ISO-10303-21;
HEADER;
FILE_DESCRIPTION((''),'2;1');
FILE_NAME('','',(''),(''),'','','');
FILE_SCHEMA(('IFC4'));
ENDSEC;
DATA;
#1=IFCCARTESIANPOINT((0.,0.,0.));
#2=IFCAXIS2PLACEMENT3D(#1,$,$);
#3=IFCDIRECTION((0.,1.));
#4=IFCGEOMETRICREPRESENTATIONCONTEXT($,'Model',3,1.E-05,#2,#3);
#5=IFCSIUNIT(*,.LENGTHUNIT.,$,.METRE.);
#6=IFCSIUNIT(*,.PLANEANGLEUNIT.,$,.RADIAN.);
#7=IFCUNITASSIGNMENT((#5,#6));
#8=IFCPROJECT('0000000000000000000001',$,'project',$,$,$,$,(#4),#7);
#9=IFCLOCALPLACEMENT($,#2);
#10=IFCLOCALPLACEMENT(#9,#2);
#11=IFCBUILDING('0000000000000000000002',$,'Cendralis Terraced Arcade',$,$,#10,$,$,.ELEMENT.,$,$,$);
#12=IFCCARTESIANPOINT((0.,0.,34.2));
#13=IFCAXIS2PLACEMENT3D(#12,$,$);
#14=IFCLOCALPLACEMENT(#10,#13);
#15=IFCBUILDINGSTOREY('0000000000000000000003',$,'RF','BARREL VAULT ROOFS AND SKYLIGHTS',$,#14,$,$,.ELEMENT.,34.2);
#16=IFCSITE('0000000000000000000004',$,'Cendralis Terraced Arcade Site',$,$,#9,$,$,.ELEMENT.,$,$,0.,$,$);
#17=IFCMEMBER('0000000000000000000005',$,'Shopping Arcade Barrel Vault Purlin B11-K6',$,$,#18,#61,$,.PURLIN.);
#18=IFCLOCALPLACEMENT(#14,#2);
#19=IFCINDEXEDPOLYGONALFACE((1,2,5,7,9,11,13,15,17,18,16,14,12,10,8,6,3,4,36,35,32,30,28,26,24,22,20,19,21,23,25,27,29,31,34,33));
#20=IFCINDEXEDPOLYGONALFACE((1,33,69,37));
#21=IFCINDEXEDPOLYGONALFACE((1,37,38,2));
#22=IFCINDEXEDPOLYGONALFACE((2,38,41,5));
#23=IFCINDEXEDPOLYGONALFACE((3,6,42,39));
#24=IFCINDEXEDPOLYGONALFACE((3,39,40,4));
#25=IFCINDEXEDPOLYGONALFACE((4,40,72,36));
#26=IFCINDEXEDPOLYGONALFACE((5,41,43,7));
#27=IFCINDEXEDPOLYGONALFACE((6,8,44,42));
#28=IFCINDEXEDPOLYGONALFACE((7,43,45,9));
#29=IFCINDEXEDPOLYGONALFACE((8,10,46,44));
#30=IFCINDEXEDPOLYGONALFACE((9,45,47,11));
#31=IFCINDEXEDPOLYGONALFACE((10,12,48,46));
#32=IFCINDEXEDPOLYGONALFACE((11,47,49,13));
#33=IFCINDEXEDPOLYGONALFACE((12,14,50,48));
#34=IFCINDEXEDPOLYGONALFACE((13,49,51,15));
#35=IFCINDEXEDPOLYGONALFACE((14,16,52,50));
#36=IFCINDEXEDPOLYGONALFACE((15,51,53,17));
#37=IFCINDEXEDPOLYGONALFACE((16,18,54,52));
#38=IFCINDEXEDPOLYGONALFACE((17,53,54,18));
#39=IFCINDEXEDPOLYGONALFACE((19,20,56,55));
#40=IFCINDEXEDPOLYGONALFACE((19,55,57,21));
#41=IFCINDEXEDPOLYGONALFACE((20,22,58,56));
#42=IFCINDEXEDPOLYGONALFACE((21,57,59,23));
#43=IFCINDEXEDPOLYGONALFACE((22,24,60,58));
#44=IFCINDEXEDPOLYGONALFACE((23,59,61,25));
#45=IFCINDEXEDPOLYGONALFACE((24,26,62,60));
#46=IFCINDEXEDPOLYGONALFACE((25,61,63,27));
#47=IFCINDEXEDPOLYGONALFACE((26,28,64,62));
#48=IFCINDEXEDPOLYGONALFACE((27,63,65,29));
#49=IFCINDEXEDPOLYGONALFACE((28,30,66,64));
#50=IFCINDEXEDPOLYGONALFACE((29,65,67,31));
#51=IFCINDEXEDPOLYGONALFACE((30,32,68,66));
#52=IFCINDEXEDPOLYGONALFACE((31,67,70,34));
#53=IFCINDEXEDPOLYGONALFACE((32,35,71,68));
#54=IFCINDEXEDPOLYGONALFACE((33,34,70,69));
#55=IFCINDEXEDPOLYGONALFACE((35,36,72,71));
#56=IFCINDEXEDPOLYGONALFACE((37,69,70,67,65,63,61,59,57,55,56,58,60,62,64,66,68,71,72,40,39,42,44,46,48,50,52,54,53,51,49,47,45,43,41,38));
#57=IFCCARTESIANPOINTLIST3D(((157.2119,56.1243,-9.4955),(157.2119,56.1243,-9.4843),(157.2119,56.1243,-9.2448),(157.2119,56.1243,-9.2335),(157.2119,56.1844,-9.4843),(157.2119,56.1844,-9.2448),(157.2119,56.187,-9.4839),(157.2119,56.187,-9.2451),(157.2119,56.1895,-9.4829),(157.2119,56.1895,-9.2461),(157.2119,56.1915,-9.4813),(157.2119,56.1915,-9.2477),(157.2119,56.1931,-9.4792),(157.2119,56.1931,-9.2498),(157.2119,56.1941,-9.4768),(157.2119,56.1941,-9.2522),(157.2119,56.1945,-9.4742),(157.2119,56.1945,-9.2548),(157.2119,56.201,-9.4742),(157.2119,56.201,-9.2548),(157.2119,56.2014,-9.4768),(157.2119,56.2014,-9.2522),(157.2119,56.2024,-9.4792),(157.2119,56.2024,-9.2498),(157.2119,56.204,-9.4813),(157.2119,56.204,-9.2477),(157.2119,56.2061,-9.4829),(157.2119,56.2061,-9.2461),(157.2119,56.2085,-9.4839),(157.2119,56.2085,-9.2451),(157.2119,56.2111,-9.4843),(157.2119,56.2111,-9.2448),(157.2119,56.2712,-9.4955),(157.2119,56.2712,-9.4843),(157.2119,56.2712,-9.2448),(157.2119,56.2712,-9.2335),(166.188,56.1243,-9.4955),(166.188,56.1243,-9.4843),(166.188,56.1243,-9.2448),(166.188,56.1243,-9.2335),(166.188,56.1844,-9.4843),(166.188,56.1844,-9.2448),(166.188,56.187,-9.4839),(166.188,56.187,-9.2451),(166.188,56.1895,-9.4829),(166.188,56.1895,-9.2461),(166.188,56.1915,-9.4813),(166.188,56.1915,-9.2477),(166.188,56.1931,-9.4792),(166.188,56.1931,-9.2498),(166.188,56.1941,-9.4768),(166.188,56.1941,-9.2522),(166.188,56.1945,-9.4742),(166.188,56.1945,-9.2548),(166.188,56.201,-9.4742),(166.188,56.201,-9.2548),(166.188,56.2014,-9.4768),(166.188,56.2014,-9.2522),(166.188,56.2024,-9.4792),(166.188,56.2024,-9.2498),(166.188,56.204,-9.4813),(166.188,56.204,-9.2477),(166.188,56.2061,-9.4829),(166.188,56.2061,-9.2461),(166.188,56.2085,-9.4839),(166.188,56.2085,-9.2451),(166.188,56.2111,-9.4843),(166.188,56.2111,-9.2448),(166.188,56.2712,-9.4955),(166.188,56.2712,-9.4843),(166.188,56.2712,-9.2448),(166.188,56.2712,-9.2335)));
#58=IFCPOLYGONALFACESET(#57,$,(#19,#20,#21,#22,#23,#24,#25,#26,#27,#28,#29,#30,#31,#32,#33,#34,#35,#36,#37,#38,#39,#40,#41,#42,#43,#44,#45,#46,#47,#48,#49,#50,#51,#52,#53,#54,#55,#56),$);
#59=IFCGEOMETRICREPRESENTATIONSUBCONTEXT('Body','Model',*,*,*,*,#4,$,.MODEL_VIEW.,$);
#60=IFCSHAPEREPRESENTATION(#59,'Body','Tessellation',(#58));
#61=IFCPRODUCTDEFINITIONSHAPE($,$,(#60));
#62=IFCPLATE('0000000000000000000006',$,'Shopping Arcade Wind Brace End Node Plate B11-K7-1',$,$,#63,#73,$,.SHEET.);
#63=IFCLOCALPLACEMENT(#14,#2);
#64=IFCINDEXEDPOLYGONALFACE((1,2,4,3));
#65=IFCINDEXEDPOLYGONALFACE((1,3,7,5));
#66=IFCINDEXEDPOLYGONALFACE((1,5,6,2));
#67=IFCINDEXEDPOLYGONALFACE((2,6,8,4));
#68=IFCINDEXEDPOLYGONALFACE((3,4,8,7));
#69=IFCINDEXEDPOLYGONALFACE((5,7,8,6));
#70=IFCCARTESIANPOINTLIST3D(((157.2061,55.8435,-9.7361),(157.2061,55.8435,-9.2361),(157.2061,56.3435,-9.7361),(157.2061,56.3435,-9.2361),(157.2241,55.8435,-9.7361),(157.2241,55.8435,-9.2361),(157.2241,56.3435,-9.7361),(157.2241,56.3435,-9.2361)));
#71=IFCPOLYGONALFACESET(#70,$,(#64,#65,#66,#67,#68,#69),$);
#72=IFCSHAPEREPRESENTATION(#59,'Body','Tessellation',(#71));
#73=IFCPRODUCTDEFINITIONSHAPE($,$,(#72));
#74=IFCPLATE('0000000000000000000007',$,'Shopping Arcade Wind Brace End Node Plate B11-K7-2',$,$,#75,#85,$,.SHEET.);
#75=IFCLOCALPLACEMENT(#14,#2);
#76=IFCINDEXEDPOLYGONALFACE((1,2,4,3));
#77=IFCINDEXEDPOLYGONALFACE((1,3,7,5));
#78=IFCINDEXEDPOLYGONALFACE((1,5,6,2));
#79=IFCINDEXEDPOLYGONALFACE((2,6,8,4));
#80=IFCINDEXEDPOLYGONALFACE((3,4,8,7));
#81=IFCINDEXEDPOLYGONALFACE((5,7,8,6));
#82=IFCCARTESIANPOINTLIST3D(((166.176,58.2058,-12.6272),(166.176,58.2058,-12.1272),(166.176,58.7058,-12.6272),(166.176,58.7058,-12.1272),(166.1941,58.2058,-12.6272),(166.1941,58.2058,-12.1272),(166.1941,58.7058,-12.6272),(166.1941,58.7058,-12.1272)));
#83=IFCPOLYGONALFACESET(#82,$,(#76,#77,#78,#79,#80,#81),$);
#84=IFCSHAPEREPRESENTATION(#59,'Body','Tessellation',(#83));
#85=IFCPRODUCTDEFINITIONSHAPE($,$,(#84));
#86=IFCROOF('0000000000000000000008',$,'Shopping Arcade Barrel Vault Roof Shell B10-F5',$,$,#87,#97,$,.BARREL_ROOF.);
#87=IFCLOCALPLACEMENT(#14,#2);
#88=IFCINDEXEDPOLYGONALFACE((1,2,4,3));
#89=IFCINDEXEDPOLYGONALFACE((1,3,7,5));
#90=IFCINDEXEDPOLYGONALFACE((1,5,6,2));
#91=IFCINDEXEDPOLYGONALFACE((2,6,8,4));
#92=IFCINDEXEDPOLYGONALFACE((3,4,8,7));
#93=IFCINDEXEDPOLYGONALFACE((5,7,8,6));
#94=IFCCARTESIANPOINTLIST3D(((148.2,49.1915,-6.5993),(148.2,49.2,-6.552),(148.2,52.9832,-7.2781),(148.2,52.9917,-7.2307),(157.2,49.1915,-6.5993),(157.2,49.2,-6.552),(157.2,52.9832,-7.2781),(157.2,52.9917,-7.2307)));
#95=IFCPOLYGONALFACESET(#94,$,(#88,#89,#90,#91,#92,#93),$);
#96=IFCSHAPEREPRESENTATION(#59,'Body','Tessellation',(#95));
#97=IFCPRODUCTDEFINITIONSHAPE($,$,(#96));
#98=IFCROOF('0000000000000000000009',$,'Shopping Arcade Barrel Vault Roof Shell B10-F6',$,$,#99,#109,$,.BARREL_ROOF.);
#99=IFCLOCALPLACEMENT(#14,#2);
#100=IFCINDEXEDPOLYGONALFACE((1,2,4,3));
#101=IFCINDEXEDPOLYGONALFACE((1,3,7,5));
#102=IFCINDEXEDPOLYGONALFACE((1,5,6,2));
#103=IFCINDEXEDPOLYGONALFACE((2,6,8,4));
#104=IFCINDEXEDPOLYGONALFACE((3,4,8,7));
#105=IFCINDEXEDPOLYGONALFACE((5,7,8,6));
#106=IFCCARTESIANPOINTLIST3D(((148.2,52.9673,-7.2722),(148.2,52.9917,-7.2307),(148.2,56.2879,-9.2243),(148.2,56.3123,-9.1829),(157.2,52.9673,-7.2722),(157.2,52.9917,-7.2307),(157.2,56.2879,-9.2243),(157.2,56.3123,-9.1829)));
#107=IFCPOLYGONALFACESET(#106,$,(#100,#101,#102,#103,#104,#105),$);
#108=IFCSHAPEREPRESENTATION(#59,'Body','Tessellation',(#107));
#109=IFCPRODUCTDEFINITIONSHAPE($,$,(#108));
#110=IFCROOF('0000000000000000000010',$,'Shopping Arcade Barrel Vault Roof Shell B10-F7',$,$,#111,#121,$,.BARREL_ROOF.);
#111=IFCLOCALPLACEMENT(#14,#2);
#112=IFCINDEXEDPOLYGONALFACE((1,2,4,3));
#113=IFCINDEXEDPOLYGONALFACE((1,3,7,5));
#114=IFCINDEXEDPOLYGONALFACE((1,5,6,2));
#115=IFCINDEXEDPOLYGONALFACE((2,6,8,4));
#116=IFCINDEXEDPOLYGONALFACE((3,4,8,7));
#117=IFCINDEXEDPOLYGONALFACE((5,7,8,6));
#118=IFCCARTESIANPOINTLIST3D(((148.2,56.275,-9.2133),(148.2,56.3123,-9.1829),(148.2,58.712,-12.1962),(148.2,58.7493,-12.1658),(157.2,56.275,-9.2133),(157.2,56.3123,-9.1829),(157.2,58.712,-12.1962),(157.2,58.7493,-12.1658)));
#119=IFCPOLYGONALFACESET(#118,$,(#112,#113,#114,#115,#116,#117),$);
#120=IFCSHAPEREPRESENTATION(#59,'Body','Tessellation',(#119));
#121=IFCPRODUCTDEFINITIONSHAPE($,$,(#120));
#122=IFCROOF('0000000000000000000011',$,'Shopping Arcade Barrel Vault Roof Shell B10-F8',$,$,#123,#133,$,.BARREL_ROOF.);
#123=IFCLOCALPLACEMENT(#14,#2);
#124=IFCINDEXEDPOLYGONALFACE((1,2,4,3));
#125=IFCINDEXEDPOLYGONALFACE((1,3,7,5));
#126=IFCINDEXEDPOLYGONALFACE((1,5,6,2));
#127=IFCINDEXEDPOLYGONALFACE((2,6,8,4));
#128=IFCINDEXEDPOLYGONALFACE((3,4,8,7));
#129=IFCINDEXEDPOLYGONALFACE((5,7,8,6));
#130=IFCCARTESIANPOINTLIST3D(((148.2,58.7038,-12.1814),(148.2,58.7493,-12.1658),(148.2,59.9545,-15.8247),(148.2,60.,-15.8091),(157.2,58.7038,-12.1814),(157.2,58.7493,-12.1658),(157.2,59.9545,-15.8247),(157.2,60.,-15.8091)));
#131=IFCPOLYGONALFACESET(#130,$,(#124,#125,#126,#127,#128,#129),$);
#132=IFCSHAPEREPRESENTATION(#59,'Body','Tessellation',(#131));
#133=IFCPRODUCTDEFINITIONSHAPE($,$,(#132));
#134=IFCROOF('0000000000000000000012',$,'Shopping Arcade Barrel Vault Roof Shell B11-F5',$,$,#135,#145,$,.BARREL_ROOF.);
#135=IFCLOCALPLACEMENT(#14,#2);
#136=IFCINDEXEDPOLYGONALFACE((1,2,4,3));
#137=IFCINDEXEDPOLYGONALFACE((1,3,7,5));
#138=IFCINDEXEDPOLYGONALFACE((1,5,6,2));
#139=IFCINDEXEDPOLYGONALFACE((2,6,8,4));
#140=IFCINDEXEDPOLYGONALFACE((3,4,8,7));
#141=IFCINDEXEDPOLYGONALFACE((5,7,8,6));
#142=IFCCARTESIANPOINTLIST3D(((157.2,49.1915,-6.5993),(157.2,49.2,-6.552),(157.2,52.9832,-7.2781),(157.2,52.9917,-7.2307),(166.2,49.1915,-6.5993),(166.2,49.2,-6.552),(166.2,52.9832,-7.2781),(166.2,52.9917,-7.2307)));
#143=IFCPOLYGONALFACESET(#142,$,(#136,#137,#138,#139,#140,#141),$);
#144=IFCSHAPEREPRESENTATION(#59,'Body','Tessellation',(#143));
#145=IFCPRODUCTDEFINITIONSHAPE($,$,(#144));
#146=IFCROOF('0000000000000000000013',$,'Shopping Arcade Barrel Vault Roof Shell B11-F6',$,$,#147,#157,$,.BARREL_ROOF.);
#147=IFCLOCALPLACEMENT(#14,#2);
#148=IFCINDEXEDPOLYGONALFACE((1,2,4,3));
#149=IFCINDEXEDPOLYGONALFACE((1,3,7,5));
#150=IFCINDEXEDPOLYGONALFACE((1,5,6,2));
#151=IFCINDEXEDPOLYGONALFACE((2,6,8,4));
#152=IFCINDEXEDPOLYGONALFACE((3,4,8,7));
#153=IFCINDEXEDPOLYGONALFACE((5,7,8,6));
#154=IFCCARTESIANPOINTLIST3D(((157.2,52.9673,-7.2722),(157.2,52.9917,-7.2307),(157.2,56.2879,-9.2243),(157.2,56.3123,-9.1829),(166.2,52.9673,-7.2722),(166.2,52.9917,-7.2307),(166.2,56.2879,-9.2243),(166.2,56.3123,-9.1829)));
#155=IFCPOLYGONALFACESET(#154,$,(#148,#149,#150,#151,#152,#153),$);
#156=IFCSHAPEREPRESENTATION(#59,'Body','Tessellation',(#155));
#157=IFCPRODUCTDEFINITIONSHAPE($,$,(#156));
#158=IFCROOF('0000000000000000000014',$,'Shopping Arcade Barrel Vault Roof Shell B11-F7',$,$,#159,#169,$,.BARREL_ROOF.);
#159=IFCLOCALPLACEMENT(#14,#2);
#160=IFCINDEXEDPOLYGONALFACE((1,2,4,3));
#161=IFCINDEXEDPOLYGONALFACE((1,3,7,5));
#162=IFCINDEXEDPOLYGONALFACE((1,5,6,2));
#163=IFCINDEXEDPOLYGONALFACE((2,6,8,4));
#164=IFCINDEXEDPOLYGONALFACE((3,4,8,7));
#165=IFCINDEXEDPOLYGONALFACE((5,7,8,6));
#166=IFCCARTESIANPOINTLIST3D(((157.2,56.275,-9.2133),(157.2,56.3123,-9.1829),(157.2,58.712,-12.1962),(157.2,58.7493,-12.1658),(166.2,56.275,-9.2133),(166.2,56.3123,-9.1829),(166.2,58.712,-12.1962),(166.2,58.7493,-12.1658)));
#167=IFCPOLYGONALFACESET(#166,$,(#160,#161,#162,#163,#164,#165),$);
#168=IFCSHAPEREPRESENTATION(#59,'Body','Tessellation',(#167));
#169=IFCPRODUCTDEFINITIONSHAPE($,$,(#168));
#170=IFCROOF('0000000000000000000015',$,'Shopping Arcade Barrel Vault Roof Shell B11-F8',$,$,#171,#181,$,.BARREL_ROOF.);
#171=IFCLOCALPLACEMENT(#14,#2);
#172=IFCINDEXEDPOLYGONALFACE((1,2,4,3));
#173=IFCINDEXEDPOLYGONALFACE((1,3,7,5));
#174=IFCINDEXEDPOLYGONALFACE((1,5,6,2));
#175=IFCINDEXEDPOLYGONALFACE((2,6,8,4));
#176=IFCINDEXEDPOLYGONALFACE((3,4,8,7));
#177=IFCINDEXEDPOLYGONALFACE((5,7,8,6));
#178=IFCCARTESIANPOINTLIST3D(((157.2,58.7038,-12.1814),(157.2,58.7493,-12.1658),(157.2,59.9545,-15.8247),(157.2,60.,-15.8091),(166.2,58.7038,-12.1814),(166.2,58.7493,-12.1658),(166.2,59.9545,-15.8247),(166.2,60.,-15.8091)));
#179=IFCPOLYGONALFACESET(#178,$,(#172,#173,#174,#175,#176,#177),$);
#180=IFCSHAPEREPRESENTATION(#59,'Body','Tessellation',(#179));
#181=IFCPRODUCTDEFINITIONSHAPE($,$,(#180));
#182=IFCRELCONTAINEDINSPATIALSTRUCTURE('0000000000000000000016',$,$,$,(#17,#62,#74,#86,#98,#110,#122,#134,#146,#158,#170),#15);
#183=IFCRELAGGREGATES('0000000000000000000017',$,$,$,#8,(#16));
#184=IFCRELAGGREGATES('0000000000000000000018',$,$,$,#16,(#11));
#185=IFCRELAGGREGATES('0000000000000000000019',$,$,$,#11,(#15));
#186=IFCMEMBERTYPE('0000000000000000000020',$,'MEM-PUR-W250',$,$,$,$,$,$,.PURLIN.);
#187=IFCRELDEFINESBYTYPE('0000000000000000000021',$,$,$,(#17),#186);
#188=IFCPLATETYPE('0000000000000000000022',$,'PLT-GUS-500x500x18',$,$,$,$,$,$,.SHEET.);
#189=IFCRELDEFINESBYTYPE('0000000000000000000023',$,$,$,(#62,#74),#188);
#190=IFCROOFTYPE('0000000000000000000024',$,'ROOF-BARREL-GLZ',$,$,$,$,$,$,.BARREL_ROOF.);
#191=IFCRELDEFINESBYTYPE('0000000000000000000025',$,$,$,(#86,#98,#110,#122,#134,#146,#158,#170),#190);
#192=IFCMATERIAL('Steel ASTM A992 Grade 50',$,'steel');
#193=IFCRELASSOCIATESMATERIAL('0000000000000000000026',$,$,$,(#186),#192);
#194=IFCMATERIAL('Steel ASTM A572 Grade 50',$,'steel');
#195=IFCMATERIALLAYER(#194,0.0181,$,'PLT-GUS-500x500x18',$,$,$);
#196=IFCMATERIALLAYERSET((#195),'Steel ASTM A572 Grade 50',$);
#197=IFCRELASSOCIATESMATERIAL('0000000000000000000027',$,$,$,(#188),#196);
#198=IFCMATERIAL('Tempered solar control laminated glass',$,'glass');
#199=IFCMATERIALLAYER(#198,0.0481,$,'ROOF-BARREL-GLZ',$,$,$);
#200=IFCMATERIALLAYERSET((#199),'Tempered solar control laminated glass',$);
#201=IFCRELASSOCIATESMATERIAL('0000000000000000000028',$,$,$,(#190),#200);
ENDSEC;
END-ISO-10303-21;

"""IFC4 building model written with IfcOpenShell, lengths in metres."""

from ifc_helpers import new_model, si_unit, direction, frame, origin, origin_2d, place, context, subcontext, project, spatial, polyline, rectangle, i_section, outline, extrude, material, layer, layer_set, material_profile, profile_set, type_object, element, save


model = new_model("IFC4")

# Units and contexts
model_context = context("Model", 3, precision=1e-05, world=origin(), true_north=direction((0.0, 1.0)))
body_context = subcontext(model_context, "Body", "Model", "MODEL_VIEW")
ifc_project = project(units=[si_unit("LENGTHUNIT", "METRE"), si_unit("PLANEANGLEUNIT", "RADIAN")], contexts=[model_context])

# Site, building, storey
site_placement = place(None, origin())
site = spatial("IfcSite", under=ifc_project, at=site_placement, Name="Cendralis Terraced Arcade Site", CompositionType="ELEMENT", RefElevation=0.0)
building_placement = place(site_placement, origin())
building = spatial("IfcBuilding", under=site, at=building_placement, Name="Cendralis Terraced Arcade", CompositionType="ELEMENT")
storey_placement = place(building_placement, frame((0.0, 0.0, 34.2)))
storey = spatial("IfcBuildingStorey", under=building, at=storey_placement, Name="RF", Description="BARREL VAULT ROOFS AND SKYLIGHTS", CompositionType="ELEMENT", Elevation=34.2)

# Member
ifc_material_1 = material(Name="Steel ASTM A992 Grade 50", Category="steel")
ifc_material_2 = material(Name="Steel ASTM A572 Grade 50", Category="steel")
ifc_material_profile_1 = material_profile(ifc_material_1, i_section(OverallWidth=0.147, OverallDepth=0.262, WebThickness=0.0066, FlangeThickness=0.0112, FilletRadius=0.01, at=origin_2d()), Name="W250X38.5", Category="LoadBearing")
ifc_profile_set_1 = profile_set([ifc_material_profile_1], Name="Steel ASTM A992 Grade 50")
member_type_1 = type_object("IfcMemberType", Name="MEM-PUR-W250", PredefinedType="PURLIN", material=ifc_profile_set_1)
for number, where, z_axis, x_axis, name in (
    (1, (157.2119, 56.1978, -9.3645), (1.0, 0.0, 0.0), (0.0, 1.0, 0.0), "Shopping Arcade Barrel Vault Purlin B11-K6"),
):
    element("IfcMember", number, at=place(storey_placement, frame(where, z_axis=z_axis, x_axis=x_axis)), inside=storey, type_object=member_type_1, Name=name, PredefinedType="PURLIN", context=body_context, shape_type="SweptSolid", body=[
        extrude(i_section(OverallWidth=0.147, OverallDepth=0.262, WebThickness=0.0066, FlangeThickness=0.0112, FilletRadius=0.01, at=origin_2d()), origin(), (0.0, 0.0, 1.0), 8.9761),
    ])

# Plates
ifc_layer_1 = layer(ifc_material_2, 0.0181, Name="PLT-GUS-500x500x18")
ifc_layer_set_1 = layer_set([ifc_layer_1], Name="Steel ASTM A572 Grade 50")
plate_type = type_object("IfcPlateType", Name="PLT-GUS-500x500x18", PredefinedType="SHEET", material=ifc_layer_set_1)
for number, where, z_axis, x_axis, name in (
    (2, (157.2151, 56.0935, -9.7361), (0.0, 0.0, 1.0), (1.0, 0.0, 0.0), "Shopping Arcade Wind Brace End Node Plate B11-K7-1"),
    (3, (166.1851, 58.4558, -12.6272), (0.0, 0.0, 1.0), (1.0, 0.0, 0.0), "Shopping Arcade Wind Brace End Node Plate B11-K7-2"),
):
    element("IfcPlate", number, at=place(storey_placement, frame(where, z_axis=z_axis, x_axis=x_axis)), inside=storey, type_object=plate_type, Name=name, PredefinedType="SHEET", context=body_context, shape_type="SweptSolid", body=[
        extrude(rectangle(XDim=0.0181, YDim=0.5, at=origin_2d()), origin(), (0.0, 0.0, 1.0), 0.5),
    ])

# Roofs
ifc_material_3 = material(Name="Tempered solar control laminated glass", Category="glass")
ifc_layer_2 = layer(ifc_material_3, 0.0481, Name="ROOF-BARREL-GLZ")
ifc_layer_set_2 = layer_set([ifc_layer_2], Name="Tempered solar control laminated glass")
roof_type = type_object("IfcRoofType", Name="ROOF-BARREL-GLZ", PredefinedType="BARREL_ROOF", material=ifc_layer_set_2)
roof_1_placement = place(storey_placement, frame((148.2, 49.2, -6.552), z_axis=(0.0, 0.176196, 0.984355), x_axis=(1.0, 0.0, 0.0)))
element("IfcRoof", 4, at=roof_1_placement, inside=storey, type_object=roof_type, Name="Shopping Arcade Barrel Vault Roof Shell B10-F5", PredefinedType="BARREL_ROOF", context=body_context, shape_type="SweptSolid", body=[
    extrude(outline(polyline([(0.0, 0.0), (9.0, 0.0), (9.0, 3.852), (0.0, 3.852), (0.0, 0.0)])), origin(), (0.0, 0.0, -1.0), 0.0481),
])
roof_2_placement = place(storey_placement, frame((148.2, 52.9917, -7.2307), z_axis=(0.0, 0.506804, 0.862061), x_axis=(1.0, 0.0, 0.0)))
element("IfcRoof", 5, at=roof_2_placement, inside=storey, type_object=roof_type, Name="Shopping Arcade Barrel Vault Roof Shell B10-F6", PredefinedType="BARREL_ROOF", context=body_context, shape_type="SweptSolid", body=[
    extrude(outline(polyline([(0.0, 0.0), (9.0, 0.0), (9.0, 3.8519), (0.0, 3.8519), (0.0, 0.0)])), origin(), (0.0, 0.0, -1.0), 0.0481),
])
roof_3_placement = place(storey_placement, frame((148.2, 56.3123, -9.1829), z_axis=(0.0, 0.774409, 0.632685), x_axis=(1.0, 0.0, 0.0)))
element("IfcRoof", 6, at=roof_3_placement, inside=storey, type_object=roof_type, Name="Shopping Arcade Barrel Vault Roof Shell B10-F7", PredefinedType="BARREL_ROOF", context=body_context, shape_type="SweptSolid", body=[
    extrude(outline(polyline([(0.0, 0.0), (9.0, 0.0), (9.0, 3.8519), (0.0, 3.8519), (0.0, 0.0)])), origin(), (0.0, 0.0, -1.0), 0.0481),
])
roof_4_placement = place(storey_placement, frame((148.2, 58.7493, -12.1658), z_axis=(0.0, 0.945819, 0.324695), x_axis=(1.0, 0.0, 0.0)))
element("IfcRoof", 7, at=roof_4_placement, inside=storey, type_object=roof_type, Name="Shopping Arcade Barrel Vault Roof Shell B10-F8", PredefinedType="BARREL_ROOF", context=body_context, shape_type="SweptSolid", body=[
    extrude(outline(polyline([(0.0, 0.0), (9.0, 0.0), (9.0, 3.852), (0.0, 3.852), (0.0, 0.0)])), origin(), (0.0, 0.0, -1.0), 0.0481),
])
roof_5_placement = place(storey_placement, frame((157.2, 49.2, -6.552), z_axis=(0.0, 0.176196, 0.984355), x_axis=(1.0, 0.0, 0.0)))
element("IfcRoof", 8, at=roof_5_placement, inside=storey, type_object=roof_type, Name="Shopping Arcade Barrel Vault Roof Shell B11-F5", PredefinedType="BARREL_ROOF", context=body_context, shape_type="SweptSolid", body=[
    extrude(outline(polyline([(0.0, 0.0), (9.0, 0.0), (9.0, 3.852), (0.0, 3.852), (0.0, 0.0)])), origin(), (0.0, 0.0, -1.0), 0.0481),
])
roof_6_placement = place(storey_placement, frame((157.2, 52.9917, -7.2307), z_axis=(0.0, 0.506804, 0.862061), x_axis=(1.0, 0.0, 0.0)))
element("IfcRoof", 9, at=roof_6_placement, inside=storey, type_object=roof_type, Name="Shopping Arcade Barrel Vault Roof Shell B11-F6", PredefinedType="BARREL_ROOF", context=body_context, shape_type="SweptSolid", body=[
    extrude(outline(polyline([(0.0, 0.0), (9.0, 0.0), (9.0, 3.8519), (0.0, 3.8519), (0.0, 0.0)])), origin(), (0.0, 0.0, -1.0), 0.0481),
])
roof_7_placement = place(storey_placement, frame((157.2, 56.3123, -9.1829), z_axis=(0.0, 0.774409, 0.632685), x_axis=(1.0, 0.0, 0.0)))
element("IfcRoof", 10, at=roof_7_placement, inside=storey, type_object=roof_type, Name="Shopping Arcade Barrel Vault Roof Shell B11-F7", PredefinedType="BARREL_ROOF", context=body_context, shape_type="SweptSolid", body=[
    extrude(outline(polyline([(0.0, 0.0), (9.0, 0.0), (9.0, 3.8519), (0.0, 3.8519), (0.0, 0.0)])), origin(), (0.0, 0.0, -1.0), 0.0481),
])
roof_8_placement = place(storey_placement, frame((157.2, 58.7493, -12.1658), z_axis=(0.0, 0.945819, 0.324695), x_axis=(1.0, 0.0, 0.0)))
element("IfcRoof", 11, at=roof_8_placement, inside=storey, type_object=roof_type, Name="Shopping Arcade Barrel Vault Roof Shell B11-F8", PredefinedType="BARREL_ROOF", context=body_context, shape_type="SweptSolid", body=[
    extrude(outline(polyline([(0.0, 0.0), (9.0, 0.0), (9.0, 3.852), (0.0, 3.852), (0.0, 0.0)])), origin(), (0.0, 0.0, -1.0), 0.0481),
])

save(model, "model.ifc")
